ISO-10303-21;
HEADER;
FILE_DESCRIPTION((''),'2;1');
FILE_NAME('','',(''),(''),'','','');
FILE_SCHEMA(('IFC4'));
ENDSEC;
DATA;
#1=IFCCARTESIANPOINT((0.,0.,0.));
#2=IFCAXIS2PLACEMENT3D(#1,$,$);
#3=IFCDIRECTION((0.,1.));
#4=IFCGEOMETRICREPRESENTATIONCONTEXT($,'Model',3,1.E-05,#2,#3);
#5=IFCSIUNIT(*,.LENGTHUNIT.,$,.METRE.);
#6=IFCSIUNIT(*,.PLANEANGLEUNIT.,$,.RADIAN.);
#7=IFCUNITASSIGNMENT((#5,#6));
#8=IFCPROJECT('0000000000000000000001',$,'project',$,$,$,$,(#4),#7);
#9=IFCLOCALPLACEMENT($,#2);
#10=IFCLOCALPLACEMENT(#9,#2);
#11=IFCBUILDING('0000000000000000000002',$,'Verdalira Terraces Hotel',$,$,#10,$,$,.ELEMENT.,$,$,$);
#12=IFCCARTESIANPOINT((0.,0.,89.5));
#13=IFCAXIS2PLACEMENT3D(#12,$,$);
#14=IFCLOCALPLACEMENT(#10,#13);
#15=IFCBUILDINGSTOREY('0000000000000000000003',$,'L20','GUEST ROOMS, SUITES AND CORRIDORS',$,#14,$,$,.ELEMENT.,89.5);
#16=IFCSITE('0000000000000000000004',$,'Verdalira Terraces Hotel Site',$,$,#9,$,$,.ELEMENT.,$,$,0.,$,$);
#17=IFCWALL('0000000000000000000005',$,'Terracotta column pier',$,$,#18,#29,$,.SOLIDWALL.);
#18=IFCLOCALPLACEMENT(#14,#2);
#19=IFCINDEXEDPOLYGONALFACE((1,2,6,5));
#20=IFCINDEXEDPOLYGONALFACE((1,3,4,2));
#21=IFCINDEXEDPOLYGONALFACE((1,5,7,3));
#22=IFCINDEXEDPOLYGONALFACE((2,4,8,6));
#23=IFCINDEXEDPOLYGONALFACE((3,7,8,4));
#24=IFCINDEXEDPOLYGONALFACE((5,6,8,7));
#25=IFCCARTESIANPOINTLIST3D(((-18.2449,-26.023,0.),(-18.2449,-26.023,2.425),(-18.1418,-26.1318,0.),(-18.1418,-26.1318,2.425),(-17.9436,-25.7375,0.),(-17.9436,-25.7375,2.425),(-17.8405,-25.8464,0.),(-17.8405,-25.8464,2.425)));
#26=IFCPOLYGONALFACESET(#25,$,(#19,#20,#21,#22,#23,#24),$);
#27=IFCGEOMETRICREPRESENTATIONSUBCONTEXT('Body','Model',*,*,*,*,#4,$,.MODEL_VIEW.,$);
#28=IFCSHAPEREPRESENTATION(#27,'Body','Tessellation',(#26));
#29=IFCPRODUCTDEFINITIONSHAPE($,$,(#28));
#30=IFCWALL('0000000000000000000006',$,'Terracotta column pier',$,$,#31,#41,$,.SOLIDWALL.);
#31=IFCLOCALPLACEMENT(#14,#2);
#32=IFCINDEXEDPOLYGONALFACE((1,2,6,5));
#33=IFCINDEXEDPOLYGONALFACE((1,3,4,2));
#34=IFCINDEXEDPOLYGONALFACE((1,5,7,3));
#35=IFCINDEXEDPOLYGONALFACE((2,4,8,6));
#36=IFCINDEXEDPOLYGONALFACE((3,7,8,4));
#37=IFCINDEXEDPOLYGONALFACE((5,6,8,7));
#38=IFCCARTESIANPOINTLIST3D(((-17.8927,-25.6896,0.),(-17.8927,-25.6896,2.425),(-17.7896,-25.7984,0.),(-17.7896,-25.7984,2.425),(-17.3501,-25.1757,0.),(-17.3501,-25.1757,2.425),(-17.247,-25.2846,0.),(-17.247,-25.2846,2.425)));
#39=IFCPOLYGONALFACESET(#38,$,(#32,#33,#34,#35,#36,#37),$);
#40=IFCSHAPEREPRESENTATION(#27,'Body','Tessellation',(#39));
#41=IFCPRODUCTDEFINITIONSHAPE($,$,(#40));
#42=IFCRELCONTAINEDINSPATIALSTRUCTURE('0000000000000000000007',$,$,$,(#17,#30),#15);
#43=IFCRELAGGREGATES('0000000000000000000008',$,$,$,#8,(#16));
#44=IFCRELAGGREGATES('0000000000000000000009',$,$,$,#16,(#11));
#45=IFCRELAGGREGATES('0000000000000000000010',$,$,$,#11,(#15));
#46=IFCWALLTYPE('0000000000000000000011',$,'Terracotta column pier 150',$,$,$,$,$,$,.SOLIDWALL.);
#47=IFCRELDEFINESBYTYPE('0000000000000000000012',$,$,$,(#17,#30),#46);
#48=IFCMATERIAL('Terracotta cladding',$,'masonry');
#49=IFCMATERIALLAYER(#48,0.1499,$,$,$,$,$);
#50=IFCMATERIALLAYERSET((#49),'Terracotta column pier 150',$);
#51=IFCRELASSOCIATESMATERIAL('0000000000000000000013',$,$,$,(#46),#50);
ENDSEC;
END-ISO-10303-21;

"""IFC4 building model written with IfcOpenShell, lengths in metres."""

from ifc_helpers import new_model, si_unit, direction, frame, frame_2d, origin, place, context, subcontext, project, spatial, rectangle, extrude, material, layer, layer_set, type_object, element, save


model = new_model("IFC4")

# Units and contexts
model_context = context("Model", 3, precision=1e-05, world=origin(), true_north=direction((0.0, 1.0)))
body_context = subcontext(model_context, "Body", "Model", "MODEL_VIEW")
ifc_project = project(units=[si_unit("LENGTHUNIT", "METRE"), si_unit("PLANEANGLEUNIT", "RADIAN")], contexts=[model_context])

# Site, building, storey
site_placement = place(None, origin())
site = spatial("IfcSite", under=ifc_project, at=site_placement, Name="Verdalira Terraces Hotel Site", CompositionType="ELEMENT", RefElevation=0.0)
building_placement = place(site_placement, origin())
building = spatial("IfcBuilding", under=site, at=building_placement, Name="Verdalira Terraces Hotel", CompositionType="ELEMENT")
storey_placement = place(building_placement, frame((0.0, 0.0, 89.5)))
storey = spatial("IfcBuildingStorey", under=building, at=storey_placement, Name="L20", Description="GUEST ROOMS, SUITES AND CORRIDORS", CompositionType="ELEMENT", Elevation=89.5)

# Walls
ifc_material_1 = material(Name="Terracotta cladding", Category="masonry")
ifc_layer_1 = layer(ifc_material_1, 0.1499)
ifc_layer_set_1 = layer_set([ifc_layer_1], Name="Terracotta column pier 150")
wall_type_1 = type_object("IfcWallType", Name="Terracotta column pier 150", PredefinedType="SOLIDWALL", material=ifc_layer_set_1)
wall_1_placement = place(storey_placement, frame((-18.1934, -26.0774, 0.0), z_axis=(0.0, 0.0, 1.0), x_axis=(0.725968, 0.687728, 0.0)))
element("IfcWall", 1, at=wall_1_placement, inside=storey, type_object=wall_type_1, Name="Terracotta column pier", PredefinedType="SOLIDWALL", context=body_context, shape_type="SweptSolid", body=[
    extrude(rectangle(XDim=0.415, YDim=0.1499, at=frame_2d((0.2075, 0.0))), origin(), (0.0, 0.0, 1.0), 2.425),
])
wall_2_placement = place(storey_placement, frame((-17.8411, -25.7439, 0.0), z_axis=(0.0, 0.0, 1.0), x_axis=(0.726116, 0.687572, 0.0)))
element("IfcWall", 2, at=wall_2_placement, inside=storey, type_object=wall_type_1, Name="Terracotta column pier", PredefinedType="SOLIDWALL", context=body_context, shape_type="SweptSolid", body=[
    extrude(rectangle(XDim=0.7473, YDim=0.1499, at=frame_2d((0.3735, 0.0))), origin(), (0.0, 0.0, 1.0), 2.425),
])

save(model, "model.ifc")
